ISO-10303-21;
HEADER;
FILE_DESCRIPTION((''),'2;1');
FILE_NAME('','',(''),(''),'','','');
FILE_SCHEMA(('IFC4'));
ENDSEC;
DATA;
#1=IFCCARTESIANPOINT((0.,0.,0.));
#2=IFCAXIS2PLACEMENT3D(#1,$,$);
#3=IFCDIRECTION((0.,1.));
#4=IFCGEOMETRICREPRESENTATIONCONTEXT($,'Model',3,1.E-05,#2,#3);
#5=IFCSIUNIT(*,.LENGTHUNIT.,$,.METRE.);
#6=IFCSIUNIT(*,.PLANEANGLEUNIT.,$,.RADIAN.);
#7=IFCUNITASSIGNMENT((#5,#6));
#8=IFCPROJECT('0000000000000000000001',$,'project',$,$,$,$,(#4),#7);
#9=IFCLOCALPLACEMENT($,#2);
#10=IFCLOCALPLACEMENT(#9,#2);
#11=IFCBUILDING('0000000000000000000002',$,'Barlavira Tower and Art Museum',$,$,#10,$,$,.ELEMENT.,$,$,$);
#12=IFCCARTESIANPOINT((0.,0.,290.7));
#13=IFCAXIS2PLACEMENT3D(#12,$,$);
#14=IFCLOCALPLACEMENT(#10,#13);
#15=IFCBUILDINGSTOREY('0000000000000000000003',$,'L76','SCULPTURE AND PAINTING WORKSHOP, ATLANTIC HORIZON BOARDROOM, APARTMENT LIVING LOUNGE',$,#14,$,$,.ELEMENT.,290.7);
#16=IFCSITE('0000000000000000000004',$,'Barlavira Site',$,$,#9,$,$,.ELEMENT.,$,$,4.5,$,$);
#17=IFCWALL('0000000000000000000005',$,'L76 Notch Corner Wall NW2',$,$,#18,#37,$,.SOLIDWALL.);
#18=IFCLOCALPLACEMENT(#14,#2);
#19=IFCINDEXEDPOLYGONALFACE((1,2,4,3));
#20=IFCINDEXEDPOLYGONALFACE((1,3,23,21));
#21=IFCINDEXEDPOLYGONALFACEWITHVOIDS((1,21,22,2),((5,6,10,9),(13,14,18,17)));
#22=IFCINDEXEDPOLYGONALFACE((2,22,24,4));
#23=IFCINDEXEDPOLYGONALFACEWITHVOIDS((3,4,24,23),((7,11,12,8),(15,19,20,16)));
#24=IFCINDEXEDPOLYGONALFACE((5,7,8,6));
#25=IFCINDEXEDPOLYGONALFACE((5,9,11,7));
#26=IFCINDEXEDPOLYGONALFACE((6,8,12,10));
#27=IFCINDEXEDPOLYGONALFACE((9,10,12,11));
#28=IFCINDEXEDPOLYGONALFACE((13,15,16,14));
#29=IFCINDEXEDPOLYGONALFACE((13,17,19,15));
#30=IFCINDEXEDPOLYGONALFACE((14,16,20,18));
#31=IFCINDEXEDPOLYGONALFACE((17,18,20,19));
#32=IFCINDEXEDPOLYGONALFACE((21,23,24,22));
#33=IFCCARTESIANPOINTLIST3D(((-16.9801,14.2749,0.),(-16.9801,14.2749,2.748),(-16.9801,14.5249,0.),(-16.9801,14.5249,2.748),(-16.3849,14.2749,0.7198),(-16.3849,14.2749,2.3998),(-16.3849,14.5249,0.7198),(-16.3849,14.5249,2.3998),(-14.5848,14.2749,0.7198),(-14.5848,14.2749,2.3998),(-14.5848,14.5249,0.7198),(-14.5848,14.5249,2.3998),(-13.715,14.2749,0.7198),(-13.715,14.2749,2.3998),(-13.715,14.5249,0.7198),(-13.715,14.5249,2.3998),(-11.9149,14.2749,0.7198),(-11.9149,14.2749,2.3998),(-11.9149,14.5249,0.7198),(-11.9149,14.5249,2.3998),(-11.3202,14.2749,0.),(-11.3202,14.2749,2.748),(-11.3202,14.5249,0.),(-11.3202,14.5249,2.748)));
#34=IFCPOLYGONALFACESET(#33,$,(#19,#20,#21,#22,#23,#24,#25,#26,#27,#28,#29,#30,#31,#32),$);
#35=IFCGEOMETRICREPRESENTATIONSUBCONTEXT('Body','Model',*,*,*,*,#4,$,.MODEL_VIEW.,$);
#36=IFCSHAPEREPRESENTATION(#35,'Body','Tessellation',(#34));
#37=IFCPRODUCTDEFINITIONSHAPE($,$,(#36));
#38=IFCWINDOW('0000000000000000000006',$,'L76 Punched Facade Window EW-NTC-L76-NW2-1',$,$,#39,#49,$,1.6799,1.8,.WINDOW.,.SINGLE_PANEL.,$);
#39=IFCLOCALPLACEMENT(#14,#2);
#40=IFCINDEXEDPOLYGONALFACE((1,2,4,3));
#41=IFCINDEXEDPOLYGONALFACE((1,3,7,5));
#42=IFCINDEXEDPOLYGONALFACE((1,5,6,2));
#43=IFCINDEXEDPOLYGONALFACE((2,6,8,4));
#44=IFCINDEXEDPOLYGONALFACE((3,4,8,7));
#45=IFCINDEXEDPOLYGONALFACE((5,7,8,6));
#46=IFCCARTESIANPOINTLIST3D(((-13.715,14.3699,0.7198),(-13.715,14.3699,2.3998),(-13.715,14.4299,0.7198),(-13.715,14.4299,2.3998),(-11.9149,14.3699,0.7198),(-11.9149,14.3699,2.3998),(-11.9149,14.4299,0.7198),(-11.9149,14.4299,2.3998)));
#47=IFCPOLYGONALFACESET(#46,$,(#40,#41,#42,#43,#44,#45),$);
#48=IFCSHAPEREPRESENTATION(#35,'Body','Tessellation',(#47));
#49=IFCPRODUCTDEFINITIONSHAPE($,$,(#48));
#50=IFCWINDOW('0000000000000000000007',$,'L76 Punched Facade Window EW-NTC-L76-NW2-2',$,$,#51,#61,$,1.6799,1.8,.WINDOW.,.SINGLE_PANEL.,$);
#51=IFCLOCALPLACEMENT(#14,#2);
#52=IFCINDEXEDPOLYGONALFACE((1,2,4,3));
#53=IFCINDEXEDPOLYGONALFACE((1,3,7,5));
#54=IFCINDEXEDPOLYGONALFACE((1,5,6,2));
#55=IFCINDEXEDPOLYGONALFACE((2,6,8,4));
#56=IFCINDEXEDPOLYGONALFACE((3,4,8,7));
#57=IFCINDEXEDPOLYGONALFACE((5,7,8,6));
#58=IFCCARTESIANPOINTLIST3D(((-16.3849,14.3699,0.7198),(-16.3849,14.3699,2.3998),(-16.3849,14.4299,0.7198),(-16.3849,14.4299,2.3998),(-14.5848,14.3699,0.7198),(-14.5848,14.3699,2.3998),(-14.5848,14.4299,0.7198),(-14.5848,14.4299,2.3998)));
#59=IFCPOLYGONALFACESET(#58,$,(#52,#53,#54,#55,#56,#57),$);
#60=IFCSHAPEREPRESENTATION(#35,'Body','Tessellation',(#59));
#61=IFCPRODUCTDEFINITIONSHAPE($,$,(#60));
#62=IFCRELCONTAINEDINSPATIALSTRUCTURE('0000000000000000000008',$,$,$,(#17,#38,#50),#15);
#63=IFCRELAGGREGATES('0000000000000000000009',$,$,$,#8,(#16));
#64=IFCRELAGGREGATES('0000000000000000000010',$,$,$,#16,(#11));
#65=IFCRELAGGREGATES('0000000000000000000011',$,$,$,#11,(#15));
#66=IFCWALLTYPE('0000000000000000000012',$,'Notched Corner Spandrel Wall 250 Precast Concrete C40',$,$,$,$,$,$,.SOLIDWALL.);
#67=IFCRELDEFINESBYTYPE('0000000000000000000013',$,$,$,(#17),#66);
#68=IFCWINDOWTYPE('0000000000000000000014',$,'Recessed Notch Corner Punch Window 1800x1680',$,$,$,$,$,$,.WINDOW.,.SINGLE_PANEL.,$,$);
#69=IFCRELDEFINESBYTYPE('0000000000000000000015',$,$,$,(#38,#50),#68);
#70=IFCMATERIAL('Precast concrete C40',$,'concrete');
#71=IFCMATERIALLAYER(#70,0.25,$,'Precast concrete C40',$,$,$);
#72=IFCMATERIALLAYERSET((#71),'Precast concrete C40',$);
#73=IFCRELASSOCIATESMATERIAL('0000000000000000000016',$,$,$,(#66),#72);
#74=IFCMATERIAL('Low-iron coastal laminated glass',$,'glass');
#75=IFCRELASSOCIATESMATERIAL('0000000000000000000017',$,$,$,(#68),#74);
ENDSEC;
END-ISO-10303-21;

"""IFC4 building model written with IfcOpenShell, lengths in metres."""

from ifc_helpers import new_model, si_unit, direction, frame, frame_2d, origin, place, context, subcontext, project, spatial, rectangle, extrude, material, layer, layer_set, type_object, element, fill, save


model = new_model("IFC4")

# Units and contexts
model_context = context("Model", 3, precision=1e-05, world=origin(), true_north=direction((0.0, 1.0)))
body_context = subcontext(model_context, "Body", "Model", "MODEL_VIEW")
ifc_project = project(units=[si_unit("LENGTHUNIT", "METRE"), si_unit("PLANEANGLEUNIT", "RADIAN")], contexts=[model_context])

# Site, building, storey
site_placement = place(None, origin())
site = spatial("IfcSite", under=ifc_project, at=site_placement, Name="Barlavira Site", CompositionType="ELEMENT", RefElevation=4.5)
building_placement = place(site_placement, origin())
building = spatial("IfcBuilding", under=site, at=building_placement, Name="Barlavira Tower and Art Museum", CompositionType="ELEMENT")
storey_placement = place(building_placement, frame((0.0, 0.0, 290.7)))
storey = spatial("IfcBuildingStorey", under=building, at=storey_placement, Name="L76", Description="SCULPTURE AND PAINTING WORKSHOP, ATLANTIC HORIZON BOARDROOM, APARTMENT LIVING LOUNGE", CompositionType="ELEMENT", Elevation=290.7)

# Shared definitions
ifc_material_1 = material(Name="Precast concrete C40", Category="concrete")
ifc_layer_1 = layer(ifc_material_1, 0.25, Name="Precast concrete C40")
ifc_layer_set_1 = layer_set([ifc_layer_1], Name="Precast concrete C40")
wall_type_1 = type_object("IfcWallType", Name="Notched Corner Spandrel Wall 250 Precast Concrete C40", PredefinedType="SOLIDWALL", material=ifc_layer_set_1)
ifc_material_2 = material(Name="Low-iron coastal laminated glass", Category="glass")
window_type = type_object("IfcWindowType", Name="Recessed Notch Corner Punch Window 1800x1680", PartitioningType="SINGLE_PANEL", PredefinedType="WINDOW", material=ifc_material_2)

# Wall, openings, windows
wall_1_placement = place(storey_placement, frame((-11.3201, 14.3999, 0.0), z_axis=(0.0, 0.0, 1.0), x_axis=(-1.0, 0.0, 0.0)))
wall_1 = element("IfcWall", 1, at=wall_1_placement, inside=storey, type_object=wall_type_1, Name="L76 Notch Corner Wall NW2", PredefinedType="SOLIDWALL", context=body_context, shape_type="SweptSolid", body=[
    extrude(rectangle(XDim=5.6599, YDim=0.25, at=frame_2d((2.8301, 0.0))), origin(), (0.0, 0.0, 1.0), 2.748),
])
opening_1_placement = place(wall_1_placement, frame((0.595, 0.0, 0.72)))
opening_1 = element("IfcOpeningElement", 2, at=opening_1_placement, cuts=wall_1, PredefinedType="OPENING", context=body_context, shape_type="SweptSolid", body=[
    extrude(rectangle(XDim=1.8, YDim=1.6799, at=frame_2d((0.8999, 0.8398))), frame((0.0, 0.135, 0.0), z_axis=(0.0, -1.0, 0.0), x_axis=(1.0, 0.0, 0.0)), (0.0, 0.0, 1.0), 0.27),
])
opening_2_placement = place(wall_1_placement, frame((3.2649, 0.0, 0.72)))
opening_2 = element("IfcOpeningElement", 3, at=opening_2_placement, cuts=wall_1, PredefinedType="OPENING", context=body_context, shape_type="SweptSolid", body=[
    extrude(rectangle(XDim=1.8, YDim=1.6799, at=frame_2d((0.8999, 0.8398))), frame((0.0, 0.135, 0.0), z_axis=(0.0, -1.0, 0.0), x_axis=(1.0, 0.0, 0.0)), (0.0, 0.0, 1.0), 0.27),
])
window_1_placement = place(opening_1_placement, origin())
window_1 = element("IfcWindow", 4, at=window_1_placement, inside=storey, type_object=window_type, Name="L76 Punched Facade Window EW-NTC-L76-NW2-1", OverallHeight=1.6799, OverallWidth=1.8, PartitioningType="SINGLE_PANEL", PredefinedType="WINDOW", context=body_context, shape_type="SweptSolid", body=[
    extrude(rectangle(XDim=1.8, YDim=1.6799, at=frame_2d((0.8999, 0.8398))), frame((0.0, 0.03, 0.0), z_axis=(0.0, -1.0, 0.0), x_axis=(1.0, 0.0, 0.0)), (0.0, 0.0, 1.0), 0.0601),
])
fill(opening_1, window_1)
window_2_placement = place(opening_2_placement, origin())
window_2 = element("IfcWindow", 5, at=window_2_placement, inside=storey, type_object=window_type, Name="L76 Punched Facade Window EW-NTC-L76-NW2-2", OverallHeight=1.6799, OverallWidth=1.8, PartitioningType="SINGLE_PANEL", PredefinedType="WINDOW", context=body_context, shape_type="SweptSolid", body=[
    extrude(rectangle(XDim=1.8, YDim=1.6799, at=frame_2d((0.8999, 0.8398))), frame((0.0, 0.03, 0.0), z_axis=(0.0, -1.0, 0.0), x_axis=(1.0, 0.0, 0.0)), (0.0, 0.0, 1.0), 0.0601),
])
fill(opening_2, window_2)

save(model, "model.ifc")
